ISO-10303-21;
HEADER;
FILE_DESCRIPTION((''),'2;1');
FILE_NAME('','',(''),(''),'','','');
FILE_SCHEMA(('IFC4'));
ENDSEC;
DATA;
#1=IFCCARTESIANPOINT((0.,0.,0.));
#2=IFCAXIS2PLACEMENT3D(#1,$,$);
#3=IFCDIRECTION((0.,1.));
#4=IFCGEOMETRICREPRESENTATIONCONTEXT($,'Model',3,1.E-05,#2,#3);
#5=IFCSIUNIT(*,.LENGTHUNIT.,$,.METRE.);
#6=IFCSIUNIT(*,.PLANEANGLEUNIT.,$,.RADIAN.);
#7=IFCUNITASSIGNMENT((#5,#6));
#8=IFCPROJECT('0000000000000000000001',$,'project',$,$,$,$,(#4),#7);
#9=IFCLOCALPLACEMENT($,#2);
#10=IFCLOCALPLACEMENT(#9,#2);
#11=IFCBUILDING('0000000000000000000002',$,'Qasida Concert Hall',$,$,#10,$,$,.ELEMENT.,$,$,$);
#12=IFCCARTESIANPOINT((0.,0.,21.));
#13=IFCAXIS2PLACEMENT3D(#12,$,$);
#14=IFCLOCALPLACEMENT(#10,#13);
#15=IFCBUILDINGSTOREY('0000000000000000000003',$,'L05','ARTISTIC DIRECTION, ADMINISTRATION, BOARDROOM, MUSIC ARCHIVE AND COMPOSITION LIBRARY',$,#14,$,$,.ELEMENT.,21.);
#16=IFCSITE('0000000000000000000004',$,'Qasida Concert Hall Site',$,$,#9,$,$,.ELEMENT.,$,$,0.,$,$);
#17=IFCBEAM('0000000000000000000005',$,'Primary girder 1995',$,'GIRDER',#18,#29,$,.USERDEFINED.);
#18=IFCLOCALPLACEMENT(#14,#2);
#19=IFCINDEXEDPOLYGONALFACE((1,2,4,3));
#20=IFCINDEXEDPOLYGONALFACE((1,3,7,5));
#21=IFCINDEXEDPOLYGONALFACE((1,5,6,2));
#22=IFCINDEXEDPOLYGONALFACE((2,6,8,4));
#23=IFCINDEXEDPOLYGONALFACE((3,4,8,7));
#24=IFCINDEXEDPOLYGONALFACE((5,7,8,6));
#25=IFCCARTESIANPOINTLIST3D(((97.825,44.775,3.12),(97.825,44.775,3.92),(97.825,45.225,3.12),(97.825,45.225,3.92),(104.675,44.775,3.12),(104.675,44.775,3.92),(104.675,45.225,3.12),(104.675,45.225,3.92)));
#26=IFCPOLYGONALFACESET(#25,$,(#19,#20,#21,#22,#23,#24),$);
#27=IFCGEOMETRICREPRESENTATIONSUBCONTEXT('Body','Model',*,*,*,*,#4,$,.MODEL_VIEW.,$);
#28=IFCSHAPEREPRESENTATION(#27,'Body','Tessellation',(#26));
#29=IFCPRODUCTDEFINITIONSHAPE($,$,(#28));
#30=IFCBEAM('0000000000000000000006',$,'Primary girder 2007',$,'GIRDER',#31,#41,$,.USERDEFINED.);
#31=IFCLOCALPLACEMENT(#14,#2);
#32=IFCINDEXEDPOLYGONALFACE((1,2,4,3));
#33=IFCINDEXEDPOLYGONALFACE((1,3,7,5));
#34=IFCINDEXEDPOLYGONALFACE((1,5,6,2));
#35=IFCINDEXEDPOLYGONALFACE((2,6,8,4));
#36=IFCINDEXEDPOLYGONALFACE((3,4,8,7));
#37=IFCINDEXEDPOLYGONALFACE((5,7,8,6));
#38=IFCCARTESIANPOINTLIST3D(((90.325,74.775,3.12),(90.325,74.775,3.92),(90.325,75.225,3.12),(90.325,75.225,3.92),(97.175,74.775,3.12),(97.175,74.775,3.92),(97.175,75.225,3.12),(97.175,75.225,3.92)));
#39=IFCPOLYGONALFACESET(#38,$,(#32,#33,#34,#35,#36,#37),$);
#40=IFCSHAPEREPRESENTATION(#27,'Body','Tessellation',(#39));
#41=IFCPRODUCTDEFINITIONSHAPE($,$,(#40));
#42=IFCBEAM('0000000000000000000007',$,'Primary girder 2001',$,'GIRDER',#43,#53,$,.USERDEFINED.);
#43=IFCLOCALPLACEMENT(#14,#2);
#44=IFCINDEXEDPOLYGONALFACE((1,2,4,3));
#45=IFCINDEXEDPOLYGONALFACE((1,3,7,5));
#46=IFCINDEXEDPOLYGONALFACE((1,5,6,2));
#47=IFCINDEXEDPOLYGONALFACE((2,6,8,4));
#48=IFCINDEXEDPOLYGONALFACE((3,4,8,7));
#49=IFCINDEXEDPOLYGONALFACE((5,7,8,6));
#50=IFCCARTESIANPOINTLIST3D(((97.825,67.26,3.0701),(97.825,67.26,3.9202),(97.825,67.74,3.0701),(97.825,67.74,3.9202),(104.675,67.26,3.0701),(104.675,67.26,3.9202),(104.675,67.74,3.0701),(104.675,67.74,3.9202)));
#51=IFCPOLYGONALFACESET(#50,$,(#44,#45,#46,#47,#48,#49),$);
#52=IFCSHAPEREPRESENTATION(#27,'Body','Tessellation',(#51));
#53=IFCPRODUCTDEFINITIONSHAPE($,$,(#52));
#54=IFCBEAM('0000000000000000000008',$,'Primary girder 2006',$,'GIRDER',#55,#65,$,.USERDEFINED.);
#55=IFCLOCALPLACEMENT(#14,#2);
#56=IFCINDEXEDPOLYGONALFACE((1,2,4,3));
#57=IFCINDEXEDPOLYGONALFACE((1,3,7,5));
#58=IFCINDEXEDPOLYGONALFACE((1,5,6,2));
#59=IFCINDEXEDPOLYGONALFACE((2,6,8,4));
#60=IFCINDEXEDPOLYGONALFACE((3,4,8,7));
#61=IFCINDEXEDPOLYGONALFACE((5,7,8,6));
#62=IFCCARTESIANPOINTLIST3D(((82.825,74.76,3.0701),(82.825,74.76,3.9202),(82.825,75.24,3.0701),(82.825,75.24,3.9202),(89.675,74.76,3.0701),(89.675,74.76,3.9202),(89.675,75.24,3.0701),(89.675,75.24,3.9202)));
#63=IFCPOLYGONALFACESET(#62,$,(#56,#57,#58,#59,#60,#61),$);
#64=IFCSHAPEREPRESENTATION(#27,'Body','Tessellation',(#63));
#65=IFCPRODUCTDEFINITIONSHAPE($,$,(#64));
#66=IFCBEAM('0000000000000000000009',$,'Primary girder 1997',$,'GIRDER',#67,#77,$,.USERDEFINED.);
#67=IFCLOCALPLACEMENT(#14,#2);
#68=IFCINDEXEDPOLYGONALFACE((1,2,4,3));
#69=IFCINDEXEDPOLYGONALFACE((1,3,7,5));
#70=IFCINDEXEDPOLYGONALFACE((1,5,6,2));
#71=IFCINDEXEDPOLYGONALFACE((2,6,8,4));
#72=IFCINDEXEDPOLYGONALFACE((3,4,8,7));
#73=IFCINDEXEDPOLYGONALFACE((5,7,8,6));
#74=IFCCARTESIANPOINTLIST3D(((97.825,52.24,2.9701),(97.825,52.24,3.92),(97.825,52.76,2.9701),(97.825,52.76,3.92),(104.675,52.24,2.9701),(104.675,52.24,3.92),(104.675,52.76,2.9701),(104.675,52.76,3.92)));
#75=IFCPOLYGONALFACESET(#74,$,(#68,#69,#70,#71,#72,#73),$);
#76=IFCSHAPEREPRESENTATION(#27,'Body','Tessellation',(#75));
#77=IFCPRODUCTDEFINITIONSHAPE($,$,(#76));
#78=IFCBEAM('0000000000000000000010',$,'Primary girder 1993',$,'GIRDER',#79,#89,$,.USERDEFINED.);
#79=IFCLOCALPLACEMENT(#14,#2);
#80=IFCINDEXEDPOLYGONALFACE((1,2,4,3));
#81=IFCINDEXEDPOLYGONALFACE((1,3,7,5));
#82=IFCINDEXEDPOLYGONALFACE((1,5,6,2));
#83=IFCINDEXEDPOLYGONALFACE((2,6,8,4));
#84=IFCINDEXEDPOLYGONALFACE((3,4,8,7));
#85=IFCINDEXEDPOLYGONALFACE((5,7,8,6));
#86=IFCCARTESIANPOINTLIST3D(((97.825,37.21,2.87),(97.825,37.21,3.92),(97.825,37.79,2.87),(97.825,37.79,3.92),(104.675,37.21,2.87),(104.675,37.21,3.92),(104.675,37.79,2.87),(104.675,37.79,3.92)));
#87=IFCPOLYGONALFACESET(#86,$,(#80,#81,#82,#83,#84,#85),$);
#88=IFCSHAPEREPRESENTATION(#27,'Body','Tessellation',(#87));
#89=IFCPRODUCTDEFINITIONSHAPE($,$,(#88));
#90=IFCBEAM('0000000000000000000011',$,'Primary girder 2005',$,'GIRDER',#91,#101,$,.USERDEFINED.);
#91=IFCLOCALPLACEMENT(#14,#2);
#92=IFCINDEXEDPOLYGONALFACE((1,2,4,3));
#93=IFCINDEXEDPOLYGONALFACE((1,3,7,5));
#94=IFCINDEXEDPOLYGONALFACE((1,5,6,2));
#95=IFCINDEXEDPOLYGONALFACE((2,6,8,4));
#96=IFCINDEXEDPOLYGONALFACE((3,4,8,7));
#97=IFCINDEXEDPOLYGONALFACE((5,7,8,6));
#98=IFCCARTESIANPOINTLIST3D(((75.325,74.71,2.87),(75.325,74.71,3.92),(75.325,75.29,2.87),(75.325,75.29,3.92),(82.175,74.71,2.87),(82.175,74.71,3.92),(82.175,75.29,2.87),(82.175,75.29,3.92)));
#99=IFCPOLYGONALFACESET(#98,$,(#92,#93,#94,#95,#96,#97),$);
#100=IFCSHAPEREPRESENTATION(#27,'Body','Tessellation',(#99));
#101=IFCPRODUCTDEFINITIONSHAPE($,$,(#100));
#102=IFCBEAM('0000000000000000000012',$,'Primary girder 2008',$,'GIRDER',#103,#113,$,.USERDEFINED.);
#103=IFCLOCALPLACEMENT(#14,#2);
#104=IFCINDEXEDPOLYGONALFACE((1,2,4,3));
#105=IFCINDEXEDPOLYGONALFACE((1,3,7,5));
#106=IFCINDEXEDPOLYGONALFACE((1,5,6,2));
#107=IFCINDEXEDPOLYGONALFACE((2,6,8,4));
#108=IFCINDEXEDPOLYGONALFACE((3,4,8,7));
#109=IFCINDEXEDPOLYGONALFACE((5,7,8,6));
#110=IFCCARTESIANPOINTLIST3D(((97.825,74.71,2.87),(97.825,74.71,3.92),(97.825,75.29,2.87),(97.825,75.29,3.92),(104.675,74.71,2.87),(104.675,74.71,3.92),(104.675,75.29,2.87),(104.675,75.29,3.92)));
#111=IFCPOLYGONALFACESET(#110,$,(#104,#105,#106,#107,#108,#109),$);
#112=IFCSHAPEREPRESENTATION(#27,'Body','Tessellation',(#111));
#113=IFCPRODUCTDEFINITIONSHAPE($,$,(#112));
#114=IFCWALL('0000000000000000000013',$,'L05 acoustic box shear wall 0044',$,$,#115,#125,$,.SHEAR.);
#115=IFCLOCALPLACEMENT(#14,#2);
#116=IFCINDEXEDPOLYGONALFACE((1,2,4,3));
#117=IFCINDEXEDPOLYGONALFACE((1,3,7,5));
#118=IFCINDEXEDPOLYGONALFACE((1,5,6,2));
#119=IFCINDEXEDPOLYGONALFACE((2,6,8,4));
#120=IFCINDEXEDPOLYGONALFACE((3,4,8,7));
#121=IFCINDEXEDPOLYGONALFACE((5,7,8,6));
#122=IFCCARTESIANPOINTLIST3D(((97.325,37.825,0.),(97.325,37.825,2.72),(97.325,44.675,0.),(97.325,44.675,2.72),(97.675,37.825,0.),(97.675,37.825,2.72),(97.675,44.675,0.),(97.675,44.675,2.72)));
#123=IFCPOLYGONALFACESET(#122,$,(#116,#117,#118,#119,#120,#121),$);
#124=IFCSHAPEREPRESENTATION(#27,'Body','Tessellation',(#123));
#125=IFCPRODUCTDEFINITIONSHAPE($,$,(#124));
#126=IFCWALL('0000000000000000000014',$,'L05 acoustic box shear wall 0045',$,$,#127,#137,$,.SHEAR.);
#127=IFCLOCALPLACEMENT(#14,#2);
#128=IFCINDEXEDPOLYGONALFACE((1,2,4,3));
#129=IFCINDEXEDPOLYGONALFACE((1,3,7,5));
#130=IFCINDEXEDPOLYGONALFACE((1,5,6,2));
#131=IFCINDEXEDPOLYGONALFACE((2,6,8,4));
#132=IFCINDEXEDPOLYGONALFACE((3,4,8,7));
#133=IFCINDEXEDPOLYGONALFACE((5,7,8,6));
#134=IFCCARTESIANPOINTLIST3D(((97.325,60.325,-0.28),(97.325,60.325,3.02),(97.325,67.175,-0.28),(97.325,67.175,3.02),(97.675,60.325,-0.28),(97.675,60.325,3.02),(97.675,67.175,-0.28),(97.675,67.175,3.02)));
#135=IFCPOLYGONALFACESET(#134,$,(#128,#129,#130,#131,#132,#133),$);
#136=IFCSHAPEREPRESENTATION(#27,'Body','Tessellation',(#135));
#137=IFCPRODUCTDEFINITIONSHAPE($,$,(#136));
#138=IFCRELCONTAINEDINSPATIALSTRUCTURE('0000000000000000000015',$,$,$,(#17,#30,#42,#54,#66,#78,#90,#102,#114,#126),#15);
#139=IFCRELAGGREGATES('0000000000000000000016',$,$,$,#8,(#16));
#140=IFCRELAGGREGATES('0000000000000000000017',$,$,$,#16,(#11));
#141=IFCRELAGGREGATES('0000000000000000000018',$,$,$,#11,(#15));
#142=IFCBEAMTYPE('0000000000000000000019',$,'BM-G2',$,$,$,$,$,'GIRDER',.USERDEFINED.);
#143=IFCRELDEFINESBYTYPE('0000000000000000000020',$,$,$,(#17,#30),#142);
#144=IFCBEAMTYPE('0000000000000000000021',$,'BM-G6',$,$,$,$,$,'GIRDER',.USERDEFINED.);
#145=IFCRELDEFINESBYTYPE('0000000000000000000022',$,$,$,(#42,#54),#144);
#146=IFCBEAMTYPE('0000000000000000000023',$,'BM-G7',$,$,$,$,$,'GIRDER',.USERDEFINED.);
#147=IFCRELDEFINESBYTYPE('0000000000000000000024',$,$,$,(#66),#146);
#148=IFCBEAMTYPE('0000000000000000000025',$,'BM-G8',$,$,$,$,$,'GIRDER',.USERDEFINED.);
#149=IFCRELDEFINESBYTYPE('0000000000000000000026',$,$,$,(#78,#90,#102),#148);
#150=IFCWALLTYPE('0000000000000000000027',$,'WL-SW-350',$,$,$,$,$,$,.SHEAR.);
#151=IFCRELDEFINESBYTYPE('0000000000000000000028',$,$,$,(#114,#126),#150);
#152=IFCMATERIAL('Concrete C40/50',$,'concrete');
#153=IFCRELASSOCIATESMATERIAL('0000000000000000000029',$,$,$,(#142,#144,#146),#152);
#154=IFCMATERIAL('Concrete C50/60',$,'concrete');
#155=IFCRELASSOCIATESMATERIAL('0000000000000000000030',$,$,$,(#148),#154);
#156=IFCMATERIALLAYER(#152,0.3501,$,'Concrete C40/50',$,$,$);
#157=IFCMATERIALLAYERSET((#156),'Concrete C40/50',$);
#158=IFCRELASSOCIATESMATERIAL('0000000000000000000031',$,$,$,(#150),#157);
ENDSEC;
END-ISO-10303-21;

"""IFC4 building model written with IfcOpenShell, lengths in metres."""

from ifc_helpers import new_model, si_unit, direction, frame, frame_2d, origin, origin_2d, place, context, subcontext, project, spatial, rectangle, extrude, material, layer, layer_set, material_profile, profile_set, type_object, element, save


model = new_model("IFC4")

# Units and contexts
model_context = context("Model", 3, precision=1e-05, world=origin(), true_north=direction((0.0, 1.0)))
body_context = subcontext(model_context, "Body", "Model", "MODEL_VIEW")
ifc_project = project(units=[si_unit("LENGTHUNIT", "METRE"), si_unit("PLANEANGLEUNIT", "RADIAN")], contexts=[model_context])

# Site, building, storey
site_placement = place(None, origin())
site = spatial("IfcSite", under=ifc_project, at=site_placement, Name="Qasida Concert Hall Site", CompositionType="ELEMENT", RefElevation=0.0)
building_placement = place(site_placement, origin())
building = spatial("IfcBuilding", under=site, at=building_placement, Name="Qasida Concert Hall", CompositionType="ELEMENT")
storey_placement = place(building_placement, frame((0.0, 0.0, 21.0)))
storey = spatial("IfcBuildingStorey", under=building, at=storey_placement, Name="L05", Description="ARTISTIC DIRECTION, ADMINISTRATION, BOARDROOM, MUSIC ARCHIVE AND COMPOSITION LIBRARY", CompositionType="ELEMENT", Elevation=21.0)

# Shared definitions
ifc_material_1 = material(Name="Concrete C50/60", Category="concrete")

# Beams
ifc_material_2 = material(Name="Concrete C40/50", Category="concrete")
ifc_material_profile_1 = material_profile(ifc_material_2, rectangle(XDim=0.45, YDim=0.8, at=origin_2d()), Name="RC 450x800")
ifc_profile_set_1 = profile_set([ifc_material_profile_1], Name="Concrete C40/50")
beam_type_1 = type_object("IfcBeamType", Name="BM-G2", ElementType="GIRDER", PredefinedType="USERDEFINED", material=ifc_profile_set_1)
for number, where, z_axis, x_axis, name in (
    (1, (97.825, 45.0, 3.52), (1.0, 0.0, 0.0), (0.0, 1.0, 0.0), "Primary girder 1995"),
    (2, (90.325, 75.0, 3.52), (1.0, 0.0, 0.0), (0.0, 1.0, 0.0), "Primary girder 2007"),
):
    element("IfcBeam", number, at=place(storey_placement, frame(where, z_axis=z_axis, x_axis=x_axis)), inside=storey, type_object=beam_type_1, Name=name, ObjectType="GIRDER", PredefinedType="USERDEFINED", context=body_context, shape_type="SweptSolid", body=[
        extrude(rectangle(XDim=0.45, YDim=0.8, at=origin_2d()), origin(), (0.0, 0.0, 1.0), 6.8501),
    ])
ifc_material_profile_2 = material_profile(ifc_material_2, rectangle(XDim=0.48, YDim=0.8501, at=origin_2d()), Name="RC 480x850")
ifc_profile_set_2 = profile_set([ifc_material_profile_2], Name="Concrete C40/50")
beam_type_2 = type_object("IfcBeamType", Name="BM-G6", ElementType="GIRDER", PredefinedType="USERDEFINED", material=ifc_profile_set_2)
for number, where, z_axis, x_axis, name in (
    (3, (97.825, 67.5, 3.4951), (1.0, 0.0, 0.0), (0.0, 1.0, 0.0), "Primary girder 2001"),
    (4, (82.825, 75.0, 3.4951), (1.0, 0.0, 0.0), (0.0, 1.0, 0.0), "Primary girder 2006"),
):
    element("IfcBeam", number, at=place(storey_placement, frame(where, z_axis=z_axis, x_axis=x_axis)), inside=storey, type_object=beam_type_2, Name=name, ObjectType="GIRDER", PredefinedType="USERDEFINED", context=body_context, shape_type="SweptSolid", body=[
        extrude(rectangle(XDim=0.48, YDim=0.8501, at=origin_2d()), origin(), (0.0, 0.0, 1.0), 6.8501),
    ])
ifc_material_profile_3 = material_profile(ifc_material_2, rectangle(XDim=0.52, YDim=0.95, at=origin_2d()), Name="RC 520x950")
ifc_profile_set_3 = profile_set([ifc_material_profile_3], Name="Concrete C40/50")
beam_type_3 = type_object("IfcBeamType", Name="BM-G7", ElementType="GIRDER", PredefinedType="USERDEFINED", material=ifc_profile_set_3)
beam_1_placement = place(storey_placement, frame((97.825, 52.5, 3.4451), z_axis=(1.0, 0.0, 0.0), x_axis=(0.0, 1.0, 0.0)))
element("IfcBeam", 5, at=beam_1_placement, inside=storey, type_object=beam_type_3, Name="Primary girder 1997", ObjectType="GIRDER", PredefinedType="USERDEFINED", context=body_context, shape_type="SweptSolid", body=[
    extrude(rectangle(XDim=0.52, YDim=0.95, at=origin_2d()), origin(), (0.0, 0.0, 1.0), 6.8501),
])
ifc_material_profile_4 = material_profile(ifc_material_1, rectangle(XDim=0.5801, YDim=1.05, at=origin_2d()), Name="RC 580x1050")
ifc_profile_set_4 = profile_set([ifc_material_profile_4], Name="Concrete C50/60")
beam_type_4 = type_object("IfcBeamType", Name="BM-G8", ElementType="GIRDER", PredefinedType="USERDEFINED", material=ifc_profile_set_4)
for number, where, z_axis, x_axis, name in (
    (6, (97.825, 37.5, 3.395), (1.0, 0.0, 0.0), (0.0, 1.0, 0.0), "Primary girder 1993"),
    (7, (75.325, 75.0, 3.395), (1.0, 0.0, 0.0), (0.0, 1.0, 0.0), "Primary girder 2005"),
    (8, (97.825, 75.0, 3.395), (1.0, 0.0, 0.0), (0.0, 1.0, 0.0), "Primary girder 2008"),
):
    element("IfcBeam", number, at=place(storey_placement, frame(where, z_axis=z_axis, x_axis=x_axis)), inside=storey, type_object=beam_type_4, Name=name, ObjectType="GIRDER", PredefinedType="USERDEFINED", context=body_context, shape_type="SweptSolid", body=[
        extrude(rectangle(XDim=0.5801, YDim=1.05, at=origin_2d()), origin(), (0.0, 0.0, 1.0), 6.8501),
    ])

# Walls
ifc_layer_1 = layer(ifc_material_2, 0.3501, Name="Concrete C40/50")
ifc_layer_set_1 = layer_set([ifc_layer_1], Name="Concrete C40/50")
wall_type = type_object("IfcWallType", Name="WL-SW-350", PredefinedType="SHEAR", material=ifc_layer_set_1)
wall_1_placement = place(storey_placement, frame((97.5, 37.825, 0.0), z_axis=(0.0, 0.0, 1.0), x_axis=(0.0, 1.0, 0.0)))
element("IfcWall", 9, at=wall_1_placement, inside=storey, type_object=wall_type, Name="L05 acoustic box shear wall 0044", PredefinedType="SHEAR", context=body_context, shape_type="SweptSolid", body=[
    extrude(rectangle(XDim=6.8501, YDim=0.3501, at=frame_2d((3.425, 0.0))), origin(), (0.0, 0.0, 1.0), 2.72),
])
wall_2_placement = place(storey_placement, frame((97.5, 60.325, -0.28), z_axis=(0.0, 0.0, 1.0), x_axis=(0.0, 1.0, 0.0)))
element("IfcWall", 10, at=wall_2_placement, inside=storey, type_object=wall_type, Name="L05 acoustic box shear wall 0045", PredefinedType="SHEAR", context=body_context, shape_type="SweptSolid", body=[
    extrude(rectangle(XDim=6.8501, YDim=0.3501, at=frame_2d((3.425, 0.0))), origin(), (0.0, 0.0, 1.0), 3.3),
])

save(model, "model.ifc")
